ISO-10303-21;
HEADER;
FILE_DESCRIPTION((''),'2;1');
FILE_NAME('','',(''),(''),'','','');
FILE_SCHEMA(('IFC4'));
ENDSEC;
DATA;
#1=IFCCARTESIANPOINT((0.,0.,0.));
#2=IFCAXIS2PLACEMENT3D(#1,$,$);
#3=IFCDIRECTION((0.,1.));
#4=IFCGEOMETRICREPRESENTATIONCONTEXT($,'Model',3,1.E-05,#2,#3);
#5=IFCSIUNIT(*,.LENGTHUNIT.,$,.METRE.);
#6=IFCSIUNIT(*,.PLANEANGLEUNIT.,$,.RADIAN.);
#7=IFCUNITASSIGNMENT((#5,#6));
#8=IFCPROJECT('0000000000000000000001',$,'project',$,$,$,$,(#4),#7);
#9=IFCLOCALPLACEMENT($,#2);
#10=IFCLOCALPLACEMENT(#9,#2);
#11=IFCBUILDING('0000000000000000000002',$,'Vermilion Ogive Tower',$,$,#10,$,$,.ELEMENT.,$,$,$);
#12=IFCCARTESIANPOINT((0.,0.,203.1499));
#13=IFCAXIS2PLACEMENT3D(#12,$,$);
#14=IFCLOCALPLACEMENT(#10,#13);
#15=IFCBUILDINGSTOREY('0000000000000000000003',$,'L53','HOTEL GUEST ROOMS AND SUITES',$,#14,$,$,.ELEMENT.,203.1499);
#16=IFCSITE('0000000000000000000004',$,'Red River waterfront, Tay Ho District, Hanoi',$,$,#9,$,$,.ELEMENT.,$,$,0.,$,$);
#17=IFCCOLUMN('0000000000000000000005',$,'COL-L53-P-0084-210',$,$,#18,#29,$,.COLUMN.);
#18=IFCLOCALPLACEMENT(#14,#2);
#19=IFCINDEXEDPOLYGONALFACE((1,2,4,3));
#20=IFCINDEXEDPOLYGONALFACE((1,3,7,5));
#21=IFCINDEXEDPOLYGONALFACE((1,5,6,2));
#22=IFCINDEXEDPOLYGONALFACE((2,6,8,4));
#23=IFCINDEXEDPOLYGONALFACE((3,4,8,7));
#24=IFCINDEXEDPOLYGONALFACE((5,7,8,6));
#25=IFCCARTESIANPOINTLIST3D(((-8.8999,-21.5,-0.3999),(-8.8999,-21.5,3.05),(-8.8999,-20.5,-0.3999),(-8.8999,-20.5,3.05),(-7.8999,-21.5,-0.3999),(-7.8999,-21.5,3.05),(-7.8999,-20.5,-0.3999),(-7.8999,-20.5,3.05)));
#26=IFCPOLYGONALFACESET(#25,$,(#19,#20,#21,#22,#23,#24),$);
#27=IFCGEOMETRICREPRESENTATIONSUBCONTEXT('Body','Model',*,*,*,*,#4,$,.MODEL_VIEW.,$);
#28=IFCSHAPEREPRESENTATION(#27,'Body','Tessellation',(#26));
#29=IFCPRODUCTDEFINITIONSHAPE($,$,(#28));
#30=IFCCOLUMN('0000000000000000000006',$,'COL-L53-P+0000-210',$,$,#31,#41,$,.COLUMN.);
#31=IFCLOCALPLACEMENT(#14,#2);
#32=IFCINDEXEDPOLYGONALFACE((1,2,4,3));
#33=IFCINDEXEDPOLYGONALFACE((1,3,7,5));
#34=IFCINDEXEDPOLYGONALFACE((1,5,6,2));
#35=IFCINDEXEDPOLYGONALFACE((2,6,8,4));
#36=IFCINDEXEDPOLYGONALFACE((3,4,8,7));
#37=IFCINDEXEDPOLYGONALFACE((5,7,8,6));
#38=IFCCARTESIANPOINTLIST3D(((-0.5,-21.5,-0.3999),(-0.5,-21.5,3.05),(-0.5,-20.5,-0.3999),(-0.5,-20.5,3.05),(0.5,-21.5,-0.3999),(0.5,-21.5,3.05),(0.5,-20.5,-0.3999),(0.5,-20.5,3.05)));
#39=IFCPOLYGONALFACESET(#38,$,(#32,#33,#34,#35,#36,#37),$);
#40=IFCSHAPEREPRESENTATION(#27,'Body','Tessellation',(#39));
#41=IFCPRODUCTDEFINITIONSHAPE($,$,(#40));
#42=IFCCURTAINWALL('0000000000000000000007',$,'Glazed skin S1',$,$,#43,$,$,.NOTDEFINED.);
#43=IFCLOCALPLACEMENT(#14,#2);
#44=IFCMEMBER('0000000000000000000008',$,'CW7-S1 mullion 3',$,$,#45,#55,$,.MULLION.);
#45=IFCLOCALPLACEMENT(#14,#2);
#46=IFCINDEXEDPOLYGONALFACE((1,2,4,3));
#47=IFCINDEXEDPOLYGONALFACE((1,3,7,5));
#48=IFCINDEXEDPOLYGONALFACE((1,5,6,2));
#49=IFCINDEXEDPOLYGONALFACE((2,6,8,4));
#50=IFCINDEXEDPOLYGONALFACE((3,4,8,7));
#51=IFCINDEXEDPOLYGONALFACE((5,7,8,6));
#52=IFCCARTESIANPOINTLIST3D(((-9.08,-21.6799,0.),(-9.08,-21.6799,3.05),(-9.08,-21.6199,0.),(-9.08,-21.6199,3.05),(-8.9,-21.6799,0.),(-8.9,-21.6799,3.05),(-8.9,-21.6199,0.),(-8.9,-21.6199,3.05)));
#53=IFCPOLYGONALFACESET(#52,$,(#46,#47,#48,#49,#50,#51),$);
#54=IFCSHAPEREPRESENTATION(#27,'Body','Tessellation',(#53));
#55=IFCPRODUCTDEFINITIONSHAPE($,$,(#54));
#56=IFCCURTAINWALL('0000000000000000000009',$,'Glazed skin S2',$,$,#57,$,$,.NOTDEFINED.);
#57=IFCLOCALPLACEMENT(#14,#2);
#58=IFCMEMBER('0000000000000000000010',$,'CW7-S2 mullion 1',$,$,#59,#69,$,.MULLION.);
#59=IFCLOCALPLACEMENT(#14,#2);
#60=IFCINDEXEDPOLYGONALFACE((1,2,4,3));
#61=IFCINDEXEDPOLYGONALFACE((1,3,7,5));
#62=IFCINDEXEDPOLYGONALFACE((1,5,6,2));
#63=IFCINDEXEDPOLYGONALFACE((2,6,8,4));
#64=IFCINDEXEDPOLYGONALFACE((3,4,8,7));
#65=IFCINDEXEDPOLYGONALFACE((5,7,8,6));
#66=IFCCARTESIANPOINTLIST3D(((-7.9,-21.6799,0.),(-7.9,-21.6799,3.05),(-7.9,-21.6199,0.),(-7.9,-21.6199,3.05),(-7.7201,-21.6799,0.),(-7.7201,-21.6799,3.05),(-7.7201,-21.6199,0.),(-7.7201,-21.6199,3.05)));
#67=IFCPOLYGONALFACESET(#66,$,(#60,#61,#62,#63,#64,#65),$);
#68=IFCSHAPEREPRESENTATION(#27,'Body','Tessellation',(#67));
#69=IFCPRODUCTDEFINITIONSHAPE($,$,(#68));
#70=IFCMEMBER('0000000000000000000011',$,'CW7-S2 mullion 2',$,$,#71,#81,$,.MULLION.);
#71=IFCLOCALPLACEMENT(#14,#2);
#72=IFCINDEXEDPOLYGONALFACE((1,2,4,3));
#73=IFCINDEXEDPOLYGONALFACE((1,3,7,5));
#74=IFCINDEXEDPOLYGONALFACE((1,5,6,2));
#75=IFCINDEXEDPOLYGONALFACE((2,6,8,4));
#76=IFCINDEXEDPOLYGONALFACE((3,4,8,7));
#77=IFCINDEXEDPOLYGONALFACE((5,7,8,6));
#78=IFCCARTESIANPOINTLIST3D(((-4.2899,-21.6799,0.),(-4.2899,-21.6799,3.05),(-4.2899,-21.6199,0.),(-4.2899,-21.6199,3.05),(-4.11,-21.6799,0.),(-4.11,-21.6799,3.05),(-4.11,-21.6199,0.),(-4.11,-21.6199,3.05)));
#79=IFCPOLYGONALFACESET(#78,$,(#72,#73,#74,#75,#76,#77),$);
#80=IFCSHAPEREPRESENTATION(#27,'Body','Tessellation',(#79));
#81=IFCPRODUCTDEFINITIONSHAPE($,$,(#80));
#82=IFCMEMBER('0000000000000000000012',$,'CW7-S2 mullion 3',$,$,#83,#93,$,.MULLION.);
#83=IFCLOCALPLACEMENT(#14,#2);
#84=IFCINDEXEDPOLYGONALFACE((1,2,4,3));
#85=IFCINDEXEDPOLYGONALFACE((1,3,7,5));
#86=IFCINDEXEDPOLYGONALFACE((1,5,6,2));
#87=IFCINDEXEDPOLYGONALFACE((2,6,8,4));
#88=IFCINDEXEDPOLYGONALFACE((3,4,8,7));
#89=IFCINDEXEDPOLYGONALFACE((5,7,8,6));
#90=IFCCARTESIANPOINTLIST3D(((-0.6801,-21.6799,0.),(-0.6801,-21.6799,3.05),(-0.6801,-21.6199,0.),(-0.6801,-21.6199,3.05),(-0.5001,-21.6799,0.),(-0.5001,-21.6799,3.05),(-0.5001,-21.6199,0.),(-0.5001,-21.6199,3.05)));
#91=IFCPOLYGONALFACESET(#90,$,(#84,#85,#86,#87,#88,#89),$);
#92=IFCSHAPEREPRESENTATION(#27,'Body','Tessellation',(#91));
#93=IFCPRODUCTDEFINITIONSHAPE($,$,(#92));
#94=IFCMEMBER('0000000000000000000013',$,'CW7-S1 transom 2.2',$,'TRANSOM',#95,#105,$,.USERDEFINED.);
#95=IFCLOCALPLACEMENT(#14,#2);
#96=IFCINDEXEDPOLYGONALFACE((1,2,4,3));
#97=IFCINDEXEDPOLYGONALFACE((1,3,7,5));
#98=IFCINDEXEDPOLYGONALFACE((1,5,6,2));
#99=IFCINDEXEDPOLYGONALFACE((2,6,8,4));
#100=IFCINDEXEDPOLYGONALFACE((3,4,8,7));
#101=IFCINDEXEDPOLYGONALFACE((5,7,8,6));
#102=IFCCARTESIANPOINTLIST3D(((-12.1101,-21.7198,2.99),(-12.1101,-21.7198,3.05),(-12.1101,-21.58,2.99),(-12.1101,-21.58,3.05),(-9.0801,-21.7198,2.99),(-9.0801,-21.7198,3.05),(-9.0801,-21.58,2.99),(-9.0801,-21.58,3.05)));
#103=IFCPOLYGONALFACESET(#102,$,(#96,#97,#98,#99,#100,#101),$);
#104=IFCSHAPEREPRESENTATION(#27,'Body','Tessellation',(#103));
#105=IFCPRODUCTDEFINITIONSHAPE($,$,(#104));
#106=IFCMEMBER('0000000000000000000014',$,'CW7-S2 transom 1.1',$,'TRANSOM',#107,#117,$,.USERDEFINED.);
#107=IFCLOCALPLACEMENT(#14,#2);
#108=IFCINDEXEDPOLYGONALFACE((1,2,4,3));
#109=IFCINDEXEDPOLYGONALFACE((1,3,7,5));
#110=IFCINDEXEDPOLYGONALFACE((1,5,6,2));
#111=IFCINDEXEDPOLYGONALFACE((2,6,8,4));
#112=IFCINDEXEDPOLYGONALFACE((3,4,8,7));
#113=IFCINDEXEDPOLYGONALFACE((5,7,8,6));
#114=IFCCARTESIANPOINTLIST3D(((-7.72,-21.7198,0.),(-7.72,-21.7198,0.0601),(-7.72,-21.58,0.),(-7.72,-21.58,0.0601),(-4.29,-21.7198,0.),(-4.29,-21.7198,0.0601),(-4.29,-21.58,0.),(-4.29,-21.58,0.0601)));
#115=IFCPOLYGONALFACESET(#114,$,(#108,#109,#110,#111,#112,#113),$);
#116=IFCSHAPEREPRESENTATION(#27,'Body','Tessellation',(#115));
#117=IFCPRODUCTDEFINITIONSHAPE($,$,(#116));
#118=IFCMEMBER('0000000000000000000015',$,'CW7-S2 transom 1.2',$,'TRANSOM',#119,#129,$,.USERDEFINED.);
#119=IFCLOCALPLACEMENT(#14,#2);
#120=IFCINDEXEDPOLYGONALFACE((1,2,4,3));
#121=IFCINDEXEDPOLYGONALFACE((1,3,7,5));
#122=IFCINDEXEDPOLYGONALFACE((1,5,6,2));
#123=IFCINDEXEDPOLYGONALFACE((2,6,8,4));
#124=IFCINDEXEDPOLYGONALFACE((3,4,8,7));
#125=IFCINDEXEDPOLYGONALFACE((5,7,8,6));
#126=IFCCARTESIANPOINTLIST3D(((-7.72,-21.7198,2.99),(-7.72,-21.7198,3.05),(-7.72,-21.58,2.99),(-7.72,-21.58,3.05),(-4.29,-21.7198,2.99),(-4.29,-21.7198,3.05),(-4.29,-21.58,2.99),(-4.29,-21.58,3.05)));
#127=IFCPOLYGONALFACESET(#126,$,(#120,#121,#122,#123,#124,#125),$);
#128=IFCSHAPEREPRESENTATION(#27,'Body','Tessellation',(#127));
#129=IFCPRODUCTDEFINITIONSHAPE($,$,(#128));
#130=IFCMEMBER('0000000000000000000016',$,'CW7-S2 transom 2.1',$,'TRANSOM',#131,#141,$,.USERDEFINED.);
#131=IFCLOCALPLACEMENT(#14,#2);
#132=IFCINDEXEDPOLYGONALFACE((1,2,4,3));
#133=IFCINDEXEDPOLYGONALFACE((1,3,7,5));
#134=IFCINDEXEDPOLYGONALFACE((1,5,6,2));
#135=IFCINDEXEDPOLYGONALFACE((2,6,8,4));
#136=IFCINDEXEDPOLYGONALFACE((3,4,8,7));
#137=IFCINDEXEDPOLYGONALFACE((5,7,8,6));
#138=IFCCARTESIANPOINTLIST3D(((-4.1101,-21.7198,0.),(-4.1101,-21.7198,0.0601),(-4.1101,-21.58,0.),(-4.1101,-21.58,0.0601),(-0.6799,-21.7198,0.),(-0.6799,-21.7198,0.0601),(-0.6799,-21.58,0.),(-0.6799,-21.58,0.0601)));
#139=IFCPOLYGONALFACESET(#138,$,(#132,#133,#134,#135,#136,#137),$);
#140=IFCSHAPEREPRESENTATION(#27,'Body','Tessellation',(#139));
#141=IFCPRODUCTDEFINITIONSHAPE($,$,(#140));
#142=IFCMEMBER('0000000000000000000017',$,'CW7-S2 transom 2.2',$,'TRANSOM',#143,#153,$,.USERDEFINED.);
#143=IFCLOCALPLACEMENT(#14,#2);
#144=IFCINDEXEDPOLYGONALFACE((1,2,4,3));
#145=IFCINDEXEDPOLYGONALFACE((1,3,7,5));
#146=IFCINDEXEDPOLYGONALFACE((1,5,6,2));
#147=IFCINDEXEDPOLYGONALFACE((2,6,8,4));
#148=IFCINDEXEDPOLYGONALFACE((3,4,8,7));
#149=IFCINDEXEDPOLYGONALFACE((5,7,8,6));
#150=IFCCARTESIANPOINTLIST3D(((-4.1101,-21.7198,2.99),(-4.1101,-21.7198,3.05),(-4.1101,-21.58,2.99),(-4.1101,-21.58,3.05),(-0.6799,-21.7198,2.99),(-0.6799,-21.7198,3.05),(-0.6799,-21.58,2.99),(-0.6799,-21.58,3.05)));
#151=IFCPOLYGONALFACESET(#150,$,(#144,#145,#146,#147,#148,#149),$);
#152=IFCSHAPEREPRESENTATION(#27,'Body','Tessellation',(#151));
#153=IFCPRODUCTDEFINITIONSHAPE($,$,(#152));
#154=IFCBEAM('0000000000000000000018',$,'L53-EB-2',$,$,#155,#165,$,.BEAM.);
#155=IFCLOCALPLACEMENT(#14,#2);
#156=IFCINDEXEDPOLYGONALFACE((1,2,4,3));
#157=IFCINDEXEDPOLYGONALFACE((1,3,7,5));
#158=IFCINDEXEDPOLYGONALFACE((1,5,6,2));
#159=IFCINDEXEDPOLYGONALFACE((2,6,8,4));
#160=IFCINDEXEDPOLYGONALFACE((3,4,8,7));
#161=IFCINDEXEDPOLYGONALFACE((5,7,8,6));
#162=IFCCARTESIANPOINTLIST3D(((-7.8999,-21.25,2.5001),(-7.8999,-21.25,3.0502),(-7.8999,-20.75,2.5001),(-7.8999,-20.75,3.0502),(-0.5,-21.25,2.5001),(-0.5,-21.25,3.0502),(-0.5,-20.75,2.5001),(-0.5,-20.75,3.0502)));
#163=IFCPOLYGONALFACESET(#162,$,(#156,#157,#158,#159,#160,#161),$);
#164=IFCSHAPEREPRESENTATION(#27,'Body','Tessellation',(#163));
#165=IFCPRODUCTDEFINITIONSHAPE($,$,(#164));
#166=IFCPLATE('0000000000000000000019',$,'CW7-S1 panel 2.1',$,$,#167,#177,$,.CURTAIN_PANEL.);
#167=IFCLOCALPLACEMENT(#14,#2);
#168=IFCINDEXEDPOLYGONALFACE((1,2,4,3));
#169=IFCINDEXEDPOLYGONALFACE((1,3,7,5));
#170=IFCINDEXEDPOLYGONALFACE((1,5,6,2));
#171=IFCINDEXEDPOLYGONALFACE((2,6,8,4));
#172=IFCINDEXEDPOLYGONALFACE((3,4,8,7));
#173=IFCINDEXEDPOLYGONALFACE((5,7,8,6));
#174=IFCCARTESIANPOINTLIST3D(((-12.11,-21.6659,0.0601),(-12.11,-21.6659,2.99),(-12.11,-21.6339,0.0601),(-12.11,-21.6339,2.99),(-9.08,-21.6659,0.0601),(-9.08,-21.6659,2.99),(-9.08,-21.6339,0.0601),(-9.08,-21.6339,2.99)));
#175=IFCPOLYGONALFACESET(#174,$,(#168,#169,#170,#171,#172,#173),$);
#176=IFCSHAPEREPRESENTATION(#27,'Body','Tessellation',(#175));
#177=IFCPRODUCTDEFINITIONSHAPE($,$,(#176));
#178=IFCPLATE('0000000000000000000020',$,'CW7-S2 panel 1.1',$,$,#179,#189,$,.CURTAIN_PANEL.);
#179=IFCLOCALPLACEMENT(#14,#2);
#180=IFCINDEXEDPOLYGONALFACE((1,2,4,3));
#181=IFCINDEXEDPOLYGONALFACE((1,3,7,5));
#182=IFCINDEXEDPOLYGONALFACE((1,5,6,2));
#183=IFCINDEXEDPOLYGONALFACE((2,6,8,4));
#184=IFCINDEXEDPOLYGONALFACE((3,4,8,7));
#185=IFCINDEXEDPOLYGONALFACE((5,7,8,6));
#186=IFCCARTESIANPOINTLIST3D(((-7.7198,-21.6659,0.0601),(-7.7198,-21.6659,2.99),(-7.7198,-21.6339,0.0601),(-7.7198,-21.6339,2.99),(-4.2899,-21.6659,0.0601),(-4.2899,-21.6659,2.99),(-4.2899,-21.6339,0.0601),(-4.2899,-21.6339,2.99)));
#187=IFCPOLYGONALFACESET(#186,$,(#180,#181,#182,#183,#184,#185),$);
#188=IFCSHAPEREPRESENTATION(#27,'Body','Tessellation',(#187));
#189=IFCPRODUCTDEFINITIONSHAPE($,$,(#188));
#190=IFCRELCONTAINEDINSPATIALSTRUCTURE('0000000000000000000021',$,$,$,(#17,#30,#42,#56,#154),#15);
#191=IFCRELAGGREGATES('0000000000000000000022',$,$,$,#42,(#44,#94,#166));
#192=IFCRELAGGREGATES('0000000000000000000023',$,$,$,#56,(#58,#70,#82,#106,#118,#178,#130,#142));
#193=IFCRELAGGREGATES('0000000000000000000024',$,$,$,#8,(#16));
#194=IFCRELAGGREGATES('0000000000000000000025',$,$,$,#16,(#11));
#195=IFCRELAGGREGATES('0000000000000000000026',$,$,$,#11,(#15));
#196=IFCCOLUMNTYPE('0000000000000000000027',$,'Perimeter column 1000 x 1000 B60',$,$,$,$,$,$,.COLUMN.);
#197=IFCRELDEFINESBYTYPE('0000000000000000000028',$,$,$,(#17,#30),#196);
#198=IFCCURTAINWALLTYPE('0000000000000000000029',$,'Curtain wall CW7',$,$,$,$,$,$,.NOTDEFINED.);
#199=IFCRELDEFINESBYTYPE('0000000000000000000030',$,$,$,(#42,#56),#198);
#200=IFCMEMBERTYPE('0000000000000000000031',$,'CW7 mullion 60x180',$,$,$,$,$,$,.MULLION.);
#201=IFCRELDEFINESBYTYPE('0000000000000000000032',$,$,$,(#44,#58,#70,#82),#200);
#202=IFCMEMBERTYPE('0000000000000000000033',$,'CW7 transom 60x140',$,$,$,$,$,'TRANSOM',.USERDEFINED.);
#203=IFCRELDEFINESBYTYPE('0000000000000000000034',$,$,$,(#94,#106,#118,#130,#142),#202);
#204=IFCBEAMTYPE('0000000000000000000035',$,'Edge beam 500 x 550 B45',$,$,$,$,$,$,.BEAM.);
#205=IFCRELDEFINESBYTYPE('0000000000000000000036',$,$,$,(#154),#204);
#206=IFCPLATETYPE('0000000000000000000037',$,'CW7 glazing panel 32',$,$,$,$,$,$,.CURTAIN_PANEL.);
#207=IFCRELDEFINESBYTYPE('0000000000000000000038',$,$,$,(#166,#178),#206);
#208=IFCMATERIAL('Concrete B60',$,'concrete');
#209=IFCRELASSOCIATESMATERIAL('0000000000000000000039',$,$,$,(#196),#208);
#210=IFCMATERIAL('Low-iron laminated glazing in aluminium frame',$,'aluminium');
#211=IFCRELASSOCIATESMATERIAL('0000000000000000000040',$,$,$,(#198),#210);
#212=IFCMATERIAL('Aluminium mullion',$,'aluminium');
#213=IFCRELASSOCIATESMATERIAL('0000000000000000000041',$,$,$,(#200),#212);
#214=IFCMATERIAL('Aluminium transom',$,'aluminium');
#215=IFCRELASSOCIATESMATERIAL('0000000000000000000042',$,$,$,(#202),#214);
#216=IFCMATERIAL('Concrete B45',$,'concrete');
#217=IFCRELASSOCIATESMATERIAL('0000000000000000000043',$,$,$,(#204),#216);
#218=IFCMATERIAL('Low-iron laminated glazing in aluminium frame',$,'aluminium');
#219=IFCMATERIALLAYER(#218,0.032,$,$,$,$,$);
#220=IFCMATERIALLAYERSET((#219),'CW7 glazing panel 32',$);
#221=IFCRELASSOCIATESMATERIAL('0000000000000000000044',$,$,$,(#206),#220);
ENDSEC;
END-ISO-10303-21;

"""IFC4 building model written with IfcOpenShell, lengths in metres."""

from ifc_helpers import new_model, si_unit, direction, frame, origin, origin_2d, place, context, subcontext, project, spatial, rectangle, extrude, material, layer, layer_set, material_profile, profile_set, type_object, element, aggregate, save


model = new_model("IFC4")

# Units and contexts
model_context = context("Model", 3, precision=1e-05, world=origin(), true_north=direction((0.0, 1.0)))
body_context = subcontext(model_context, "Body", "Model", "MODEL_VIEW")
ifc_project = project(units=[si_unit("LENGTHUNIT", "METRE"), si_unit("PLANEANGLEUNIT", "RADIAN")], contexts=[model_context])

# Site, building, storey
site_placement = place(None, origin())
site = spatial("IfcSite", under=ifc_project, at=site_placement, Name="Red River waterfront, Tay Ho District, Hanoi", CompositionType="ELEMENT", RefElevation=0.0)
building_placement = place(site_placement, origin())
building = spatial("IfcBuilding", under=site, at=building_placement, Name="Vermilion Ogive Tower", CompositionType="ELEMENT")
storey_placement = place(building_placement, frame((0.0, 0.0, 203.1499)))
storey = spatial("IfcBuildingStorey", under=building, at=storey_placement, Name="L53", Description="HOTEL GUEST ROOMS AND SUITES", CompositionType="ELEMENT", Elevation=203.1499)

# Columns
ifc_material_1 = material(Name="Concrete B60", Category="concrete")
ifc_material_profile_1 = material_profile(ifc_material_1, rectangle(XDim=1.0, YDim=1.0, at=origin_2d()), Name="1000 x 1000")
ifc_profile_set_1 = profile_set([ifc_material_profile_1], Name="Concrete B60")
column_type = type_object("IfcColumnType", Name="Perimeter column 1000 x 1000 B60", PredefinedType="COLUMN", material=ifc_profile_set_1)
for number, where, z_axis, x_axis, name in (
    (1, (-8.3999, -21.0, -0.3999), (0.0, 0.0, 1.0), (1.0, 0.0, 0.0), "COL-L53-P-0084-210"),
    (2, (0.0, -21.0, -0.3999), (0.0, 0.0, 1.0), (1.0, 0.0, 0.0), "COL-L53-P+0000-210"),
):
    element("IfcColumn", number, at=place(storey_placement, frame(where, z_axis=z_axis, x_axis=x_axis)), inside=storey, type_object=column_type, Name=name, PredefinedType="COLUMN", context=body_context, shape_type="SweptSolid", body=[
        extrude(rectangle(XDim=1.0, YDim=1.0, at=origin_2d()), origin(), (0.0, 0.0, 1.0), 3.45),
    ])

# Curtain wall, member
ifc_material_2 = material(Name="Low-iron laminated glazing in aluminium frame", Category="aluminium")
curtain_wall_type = type_object("IfcCurtainWallType", Name="Curtain wall CW7", PredefinedType="NOTDEFINED", material=ifc_material_2)
curtain_wall_1_placement = place(storey_placement, origin())
curtain_wall_1 = element("IfcCurtainWall", 3, at=curtain_wall_1_placement, inside=storey, type_object=curtain_wall_type, Name="Glazed skin S1", PredefinedType="NOTDEFINED")
ifc_material_3 = material(Name="Aluminium mullion", Category="aluminium")
ifc_material_profile_2 = material_profile(ifc_material_3, rectangle(XDim=0.0601, YDim=0.1799, at=origin_2d()), Name="AL 60x180")
ifc_profile_set_2 = profile_set([ifc_material_profile_2], Name="Aluminium mullion")
member_type_1 = type_object("IfcMemberType", Name="CW7 mullion 60x180", PredefinedType="MULLION", material=ifc_profile_set_2)
member_1_placement = place(storey_placement, frame((-8.99, -21.6499, 0.0), z_axis=(0.0, 0.0, 1.0), x_axis=(0.0, 1.0, 0.0)))
member_1 = element("IfcMember", 4, at=member_1_placement, type_object=member_type_1, Name="CW7-S1 mullion 3", PredefinedType="MULLION", context=body_context, shape_type="SweptSolid", body=[
    extrude(rectangle(XDim=0.0601, YDim=0.1799, at=origin_2d()), origin(), (0.0, 0.0, 1.0), 3.05),
])

# Curtain wall, members
curtain_wall_2_placement = place(storey_placement, origin())
curtain_wall_2 = element("IfcCurtainWall", 5, at=curtain_wall_2_placement, inside=storey, type_object=curtain_wall_type, Name="Glazed skin S2", PredefinedType="NOTDEFINED")
member_2_placement = place(storey_placement, frame((-7.8101, -21.6499, 0.0), z_axis=(0.0, 0.0, 1.0), x_axis=(0.0, 1.0, 0.0)))
member_2 = element("IfcMember", 6, at=member_2_placement, type_object=member_type_1, Name="CW7-S2 mullion 1", PredefinedType="MULLION", context=body_context, shape_type="SweptSolid", body=[
    extrude(rectangle(XDim=0.0601, YDim=0.1799, at=origin_2d()), origin(), (0.0, 0.0, 1.0), 3.05),
])
member_3_placement = place(storey_placement, frame((-4.2, -21.6499, 0.0), z_axis=(0.0, 0.0, 1.0), x_axis=(0.0, 1.0, 0.0)))
member_3 = element("IfcMember", 7, at=member_3_placement, type_object=member_type_1, Name="CW7-S2 mullion 2", PredefinedType="MULLION", context=body_context, shape_type="SweptSolid", body=[
    extrude(rectangle(XDim=0.0601, YDim=0.1799, at=origin_2d()), origin(), (0.0, 0.0, 1.0), 3.05),
])
member_4_placement = place(storey_placement, frame((-0.5901, -21.6499, 0.0), z_axis=(0.0, 0.0, 1.0), x_axis=(0.0, 1.0, 0.0)))
member_4 = element("IfcMember", 8, at=member_4_placement, type_object=member_type_1, Name="CW7-S2 mullion 3", PredefinedType="MULLION", context=body_context, shape_type="SweptSolid", body=[
    extrude(rectangle(XDim=0.0601, YDim=0.1799, at=origin_2d()), origin(), (0.0, 0.0, 1.0), 3.05),
])

# Members
ifc_material_4 = material(Name="Aluminium transom", Category="aluminium")
ifc_material_profile_3 = material_profile(ifc_material_4, rectangle(XDim=0.1399, YDim=0.0601, at=origin_2d()), Name="AL 60x140")
ifc_profile_set_3 = profile_set([ifc_material_profile_3], Name="Aluminium transom")
member_type_2 = type_object("IfcMemberType", Name="CW7 transom 60x140", ElementType="TRANSOM", PredefinedType="USERDEFINED", material=ifc_profile_set_3)
member_5_placement = place(storey_placement, frame((-12.1101, -21.6499, 3.02), z_axis=(1.0, 0.0, 0.0), x_axis=(0.0, 1.0, 0.0)))
member_5 = element("IfcMember", 9, at=member_5_placement, type_object=member_type_2, Name="CW7-S1 transom 2.2", ObjectType="TRANSOM", PredefinedType="USERDEFINED", context=body_context, shape_type="SweptSolid", body=[
    extrude(rectangle(XDim=0.1399, YDim=0.0601, at=origin_2d()), origin(), (0.0, 0.0, 1.0), 3.03),
])
member_6_placement = place(storey_placement, frame((-7.72, -21.6499, 0.03), z_axis=(1.0, 0.0, 0.0), x_axis=(0.0, 1.0, 0.0)))
member_6 = element("IfcMember", 10, at=member_6_placement, type_object=member_type_2, Name="CW7-S2 transom 1.1", ObjectType="TRANSOM", PredefinedType="USERDEFINED", context=body_context, shape_type="SweptSolid", body=[
    extrude(rectangle(XDim=0.1399, YDim=0.0601, at=origin_2d()), origin(), (0.0, 0.0, 1.0), 3.4299),
])
member_7_placement = place(storey_placement, frame((-7.72, -21.6499, 3.02), z_axis=(1.0, 0.0, 0.0), x_axis=(0.0, 1.0, 0.0)))
member_7 = element("IfcMember", 11, at=member_7_placement, type_object=member_type_2, Name="CW7-S2 transom 1.2", ObjectType="TRANSOM", PredefinedType="USERDEFINED", context=body_context, shape_type="SweptSolid", body=[
    extrude(rectangle(XDim=0.1399, YDim=0.0601, at=origin_2d()), origin(), (0.0, 0.0, 1.0), 3.4299),
])
member_8_placement = place(storey_placement, frame((-4.1101, -21.6499, 0.03), z_axis=(1.0, 0.0, 0.0), x_axis=(0.0, 1.0, 0.0)))
member_8 = element("IfcMember", 12, at=member_8_placement, type_object=member_type_2, Name="CW7-S2 transom 2.1", ObjectType="TRANSOM", PredefinedType="USERDEFINED", context=body_context, shape_type="SweptSolid", body=[
    extrude(rectangle(XDim=0.1399, YDim=0.0601, at=origin_2d()), origin(), (0.0, 0.0, 1.0), 3.4302),
])
member_9_placement = place(storey_placement, frame((-4.1101, -21.6499, 3.02), z_axis=(1.0, 0.0, 0.0), x_axis=(0.0, 1.0, 0.0)))
member_9 = element("IfcMember", 13, at=member_9_placement, type_object=member_type_2, Name="CW7-S2 transom 2.2", ObjectType="TRANSOM", PredefinedType="USERDEFINED", context=body_context, shape_type="SweptSolid", body=[
    extrude(rectangle(XDim=0.1399, YDim=0.0601, at=origin_2d()), origin(), (0.0, 0.0, 1.0), 3.4302),
])

# Beam
ifc_material_5 = material(Name="Concrete B45", Category="concrete")
ifc_material_profile_4 = material_profile(ifc_material_5, rectangle(XDim=0.5, YDim=0.55, at=origin_2d()), Name="500 x 550")
ifc_profile_set_4 = profile_set([ifc_material_profile_4], Name="Concrete B45")
beam_type = type_object("IfcBeamType", Name="Edge beam 500 x 550 B45", PredefinedType="BEAM", material=ifc_profile_set_4)
beam_placement = place(storey_placement, frame((-7.8999, -21.0, 2.7751), z_axis=(1.0, 0.0, 0.0), x_axis=(0.0, 1.0, 0.0)))
element("IfcBeam", 14, at=beam_placement, inside=storey, type_object=beam_type, Name="L53-EB-2", PredefinedType="BEAM", context=body_context, shape_type="SweptSolid", body=[
    extrude(rectangle(XDim=0.5, YDim=0.55, at=origin_2d()), origin(), (0.0, 0.0, 1.0), 7.3999),
])

# Plates
ifc_material_6 = material(Name="Low-iron laminated glazing in aluminium frame", Category="aluminium")
ifc_layer_1 = layer(ifc_material_6, 0.032)
ifc_layer_set_1 = layer_set([ifc_layer_1], Name="CW7 glazing panel 32")
plate_type = type_object("IfcPlateType", Name="CW7 glazing panel 32", PredefinedType="CURTAIN_PANEL", material=ifc_layer_set_1)
plate_1_placement = place(storey_placement, frame((-10.595, -21.6499, 0.0601), z_axis=(0.0, 0.0, 1.0), x_axis=(1.0, 0.0, 0.0)))
plate_1 = element("IfcPlate", 15, at=plate_1_placement, type_object=plate_type, Name="CW7-S1 panel 2.1", PredefinedType="CURTAIN_PANEL", context=body_context, shape_type="SweptSolid", body=[
    extrude(rectangle(XDim=3.03, YDim=0.032, at=origin_2d()), origin(), (0.0, 0.0, 1.0), 2.9299),
])
aggregate(curtain_wall_1, [member_1, member_5, plate_1])
plate_2_placement = place(storey_placement, frame((-6.0049, -21.6499, 0.0601), z_axis=(0.0, 0.0, 1.0), x_axis=(1.0, 0.0, 0.0)))
plate_2 = element("IfcPlate", 16, at=plate_2_placement, type_object=plate_type, Name="CW7-S2 panel 1.1", PredefinedType="CURTAIN_PANEL", context=body_context, shape_type="SweptSolid", body=[
    extrude(rectangle(XDim=3.4299, YDim=0.032, at=origin_2d()), origin(), (0.0, 0.0, 1.0), 2.9299),
])
aggregate(curtain_wall_2, [member_2, member_3, member_4, member_6, member_7, plate_2, member_8, member_9])

save(model, "model.ifc")
